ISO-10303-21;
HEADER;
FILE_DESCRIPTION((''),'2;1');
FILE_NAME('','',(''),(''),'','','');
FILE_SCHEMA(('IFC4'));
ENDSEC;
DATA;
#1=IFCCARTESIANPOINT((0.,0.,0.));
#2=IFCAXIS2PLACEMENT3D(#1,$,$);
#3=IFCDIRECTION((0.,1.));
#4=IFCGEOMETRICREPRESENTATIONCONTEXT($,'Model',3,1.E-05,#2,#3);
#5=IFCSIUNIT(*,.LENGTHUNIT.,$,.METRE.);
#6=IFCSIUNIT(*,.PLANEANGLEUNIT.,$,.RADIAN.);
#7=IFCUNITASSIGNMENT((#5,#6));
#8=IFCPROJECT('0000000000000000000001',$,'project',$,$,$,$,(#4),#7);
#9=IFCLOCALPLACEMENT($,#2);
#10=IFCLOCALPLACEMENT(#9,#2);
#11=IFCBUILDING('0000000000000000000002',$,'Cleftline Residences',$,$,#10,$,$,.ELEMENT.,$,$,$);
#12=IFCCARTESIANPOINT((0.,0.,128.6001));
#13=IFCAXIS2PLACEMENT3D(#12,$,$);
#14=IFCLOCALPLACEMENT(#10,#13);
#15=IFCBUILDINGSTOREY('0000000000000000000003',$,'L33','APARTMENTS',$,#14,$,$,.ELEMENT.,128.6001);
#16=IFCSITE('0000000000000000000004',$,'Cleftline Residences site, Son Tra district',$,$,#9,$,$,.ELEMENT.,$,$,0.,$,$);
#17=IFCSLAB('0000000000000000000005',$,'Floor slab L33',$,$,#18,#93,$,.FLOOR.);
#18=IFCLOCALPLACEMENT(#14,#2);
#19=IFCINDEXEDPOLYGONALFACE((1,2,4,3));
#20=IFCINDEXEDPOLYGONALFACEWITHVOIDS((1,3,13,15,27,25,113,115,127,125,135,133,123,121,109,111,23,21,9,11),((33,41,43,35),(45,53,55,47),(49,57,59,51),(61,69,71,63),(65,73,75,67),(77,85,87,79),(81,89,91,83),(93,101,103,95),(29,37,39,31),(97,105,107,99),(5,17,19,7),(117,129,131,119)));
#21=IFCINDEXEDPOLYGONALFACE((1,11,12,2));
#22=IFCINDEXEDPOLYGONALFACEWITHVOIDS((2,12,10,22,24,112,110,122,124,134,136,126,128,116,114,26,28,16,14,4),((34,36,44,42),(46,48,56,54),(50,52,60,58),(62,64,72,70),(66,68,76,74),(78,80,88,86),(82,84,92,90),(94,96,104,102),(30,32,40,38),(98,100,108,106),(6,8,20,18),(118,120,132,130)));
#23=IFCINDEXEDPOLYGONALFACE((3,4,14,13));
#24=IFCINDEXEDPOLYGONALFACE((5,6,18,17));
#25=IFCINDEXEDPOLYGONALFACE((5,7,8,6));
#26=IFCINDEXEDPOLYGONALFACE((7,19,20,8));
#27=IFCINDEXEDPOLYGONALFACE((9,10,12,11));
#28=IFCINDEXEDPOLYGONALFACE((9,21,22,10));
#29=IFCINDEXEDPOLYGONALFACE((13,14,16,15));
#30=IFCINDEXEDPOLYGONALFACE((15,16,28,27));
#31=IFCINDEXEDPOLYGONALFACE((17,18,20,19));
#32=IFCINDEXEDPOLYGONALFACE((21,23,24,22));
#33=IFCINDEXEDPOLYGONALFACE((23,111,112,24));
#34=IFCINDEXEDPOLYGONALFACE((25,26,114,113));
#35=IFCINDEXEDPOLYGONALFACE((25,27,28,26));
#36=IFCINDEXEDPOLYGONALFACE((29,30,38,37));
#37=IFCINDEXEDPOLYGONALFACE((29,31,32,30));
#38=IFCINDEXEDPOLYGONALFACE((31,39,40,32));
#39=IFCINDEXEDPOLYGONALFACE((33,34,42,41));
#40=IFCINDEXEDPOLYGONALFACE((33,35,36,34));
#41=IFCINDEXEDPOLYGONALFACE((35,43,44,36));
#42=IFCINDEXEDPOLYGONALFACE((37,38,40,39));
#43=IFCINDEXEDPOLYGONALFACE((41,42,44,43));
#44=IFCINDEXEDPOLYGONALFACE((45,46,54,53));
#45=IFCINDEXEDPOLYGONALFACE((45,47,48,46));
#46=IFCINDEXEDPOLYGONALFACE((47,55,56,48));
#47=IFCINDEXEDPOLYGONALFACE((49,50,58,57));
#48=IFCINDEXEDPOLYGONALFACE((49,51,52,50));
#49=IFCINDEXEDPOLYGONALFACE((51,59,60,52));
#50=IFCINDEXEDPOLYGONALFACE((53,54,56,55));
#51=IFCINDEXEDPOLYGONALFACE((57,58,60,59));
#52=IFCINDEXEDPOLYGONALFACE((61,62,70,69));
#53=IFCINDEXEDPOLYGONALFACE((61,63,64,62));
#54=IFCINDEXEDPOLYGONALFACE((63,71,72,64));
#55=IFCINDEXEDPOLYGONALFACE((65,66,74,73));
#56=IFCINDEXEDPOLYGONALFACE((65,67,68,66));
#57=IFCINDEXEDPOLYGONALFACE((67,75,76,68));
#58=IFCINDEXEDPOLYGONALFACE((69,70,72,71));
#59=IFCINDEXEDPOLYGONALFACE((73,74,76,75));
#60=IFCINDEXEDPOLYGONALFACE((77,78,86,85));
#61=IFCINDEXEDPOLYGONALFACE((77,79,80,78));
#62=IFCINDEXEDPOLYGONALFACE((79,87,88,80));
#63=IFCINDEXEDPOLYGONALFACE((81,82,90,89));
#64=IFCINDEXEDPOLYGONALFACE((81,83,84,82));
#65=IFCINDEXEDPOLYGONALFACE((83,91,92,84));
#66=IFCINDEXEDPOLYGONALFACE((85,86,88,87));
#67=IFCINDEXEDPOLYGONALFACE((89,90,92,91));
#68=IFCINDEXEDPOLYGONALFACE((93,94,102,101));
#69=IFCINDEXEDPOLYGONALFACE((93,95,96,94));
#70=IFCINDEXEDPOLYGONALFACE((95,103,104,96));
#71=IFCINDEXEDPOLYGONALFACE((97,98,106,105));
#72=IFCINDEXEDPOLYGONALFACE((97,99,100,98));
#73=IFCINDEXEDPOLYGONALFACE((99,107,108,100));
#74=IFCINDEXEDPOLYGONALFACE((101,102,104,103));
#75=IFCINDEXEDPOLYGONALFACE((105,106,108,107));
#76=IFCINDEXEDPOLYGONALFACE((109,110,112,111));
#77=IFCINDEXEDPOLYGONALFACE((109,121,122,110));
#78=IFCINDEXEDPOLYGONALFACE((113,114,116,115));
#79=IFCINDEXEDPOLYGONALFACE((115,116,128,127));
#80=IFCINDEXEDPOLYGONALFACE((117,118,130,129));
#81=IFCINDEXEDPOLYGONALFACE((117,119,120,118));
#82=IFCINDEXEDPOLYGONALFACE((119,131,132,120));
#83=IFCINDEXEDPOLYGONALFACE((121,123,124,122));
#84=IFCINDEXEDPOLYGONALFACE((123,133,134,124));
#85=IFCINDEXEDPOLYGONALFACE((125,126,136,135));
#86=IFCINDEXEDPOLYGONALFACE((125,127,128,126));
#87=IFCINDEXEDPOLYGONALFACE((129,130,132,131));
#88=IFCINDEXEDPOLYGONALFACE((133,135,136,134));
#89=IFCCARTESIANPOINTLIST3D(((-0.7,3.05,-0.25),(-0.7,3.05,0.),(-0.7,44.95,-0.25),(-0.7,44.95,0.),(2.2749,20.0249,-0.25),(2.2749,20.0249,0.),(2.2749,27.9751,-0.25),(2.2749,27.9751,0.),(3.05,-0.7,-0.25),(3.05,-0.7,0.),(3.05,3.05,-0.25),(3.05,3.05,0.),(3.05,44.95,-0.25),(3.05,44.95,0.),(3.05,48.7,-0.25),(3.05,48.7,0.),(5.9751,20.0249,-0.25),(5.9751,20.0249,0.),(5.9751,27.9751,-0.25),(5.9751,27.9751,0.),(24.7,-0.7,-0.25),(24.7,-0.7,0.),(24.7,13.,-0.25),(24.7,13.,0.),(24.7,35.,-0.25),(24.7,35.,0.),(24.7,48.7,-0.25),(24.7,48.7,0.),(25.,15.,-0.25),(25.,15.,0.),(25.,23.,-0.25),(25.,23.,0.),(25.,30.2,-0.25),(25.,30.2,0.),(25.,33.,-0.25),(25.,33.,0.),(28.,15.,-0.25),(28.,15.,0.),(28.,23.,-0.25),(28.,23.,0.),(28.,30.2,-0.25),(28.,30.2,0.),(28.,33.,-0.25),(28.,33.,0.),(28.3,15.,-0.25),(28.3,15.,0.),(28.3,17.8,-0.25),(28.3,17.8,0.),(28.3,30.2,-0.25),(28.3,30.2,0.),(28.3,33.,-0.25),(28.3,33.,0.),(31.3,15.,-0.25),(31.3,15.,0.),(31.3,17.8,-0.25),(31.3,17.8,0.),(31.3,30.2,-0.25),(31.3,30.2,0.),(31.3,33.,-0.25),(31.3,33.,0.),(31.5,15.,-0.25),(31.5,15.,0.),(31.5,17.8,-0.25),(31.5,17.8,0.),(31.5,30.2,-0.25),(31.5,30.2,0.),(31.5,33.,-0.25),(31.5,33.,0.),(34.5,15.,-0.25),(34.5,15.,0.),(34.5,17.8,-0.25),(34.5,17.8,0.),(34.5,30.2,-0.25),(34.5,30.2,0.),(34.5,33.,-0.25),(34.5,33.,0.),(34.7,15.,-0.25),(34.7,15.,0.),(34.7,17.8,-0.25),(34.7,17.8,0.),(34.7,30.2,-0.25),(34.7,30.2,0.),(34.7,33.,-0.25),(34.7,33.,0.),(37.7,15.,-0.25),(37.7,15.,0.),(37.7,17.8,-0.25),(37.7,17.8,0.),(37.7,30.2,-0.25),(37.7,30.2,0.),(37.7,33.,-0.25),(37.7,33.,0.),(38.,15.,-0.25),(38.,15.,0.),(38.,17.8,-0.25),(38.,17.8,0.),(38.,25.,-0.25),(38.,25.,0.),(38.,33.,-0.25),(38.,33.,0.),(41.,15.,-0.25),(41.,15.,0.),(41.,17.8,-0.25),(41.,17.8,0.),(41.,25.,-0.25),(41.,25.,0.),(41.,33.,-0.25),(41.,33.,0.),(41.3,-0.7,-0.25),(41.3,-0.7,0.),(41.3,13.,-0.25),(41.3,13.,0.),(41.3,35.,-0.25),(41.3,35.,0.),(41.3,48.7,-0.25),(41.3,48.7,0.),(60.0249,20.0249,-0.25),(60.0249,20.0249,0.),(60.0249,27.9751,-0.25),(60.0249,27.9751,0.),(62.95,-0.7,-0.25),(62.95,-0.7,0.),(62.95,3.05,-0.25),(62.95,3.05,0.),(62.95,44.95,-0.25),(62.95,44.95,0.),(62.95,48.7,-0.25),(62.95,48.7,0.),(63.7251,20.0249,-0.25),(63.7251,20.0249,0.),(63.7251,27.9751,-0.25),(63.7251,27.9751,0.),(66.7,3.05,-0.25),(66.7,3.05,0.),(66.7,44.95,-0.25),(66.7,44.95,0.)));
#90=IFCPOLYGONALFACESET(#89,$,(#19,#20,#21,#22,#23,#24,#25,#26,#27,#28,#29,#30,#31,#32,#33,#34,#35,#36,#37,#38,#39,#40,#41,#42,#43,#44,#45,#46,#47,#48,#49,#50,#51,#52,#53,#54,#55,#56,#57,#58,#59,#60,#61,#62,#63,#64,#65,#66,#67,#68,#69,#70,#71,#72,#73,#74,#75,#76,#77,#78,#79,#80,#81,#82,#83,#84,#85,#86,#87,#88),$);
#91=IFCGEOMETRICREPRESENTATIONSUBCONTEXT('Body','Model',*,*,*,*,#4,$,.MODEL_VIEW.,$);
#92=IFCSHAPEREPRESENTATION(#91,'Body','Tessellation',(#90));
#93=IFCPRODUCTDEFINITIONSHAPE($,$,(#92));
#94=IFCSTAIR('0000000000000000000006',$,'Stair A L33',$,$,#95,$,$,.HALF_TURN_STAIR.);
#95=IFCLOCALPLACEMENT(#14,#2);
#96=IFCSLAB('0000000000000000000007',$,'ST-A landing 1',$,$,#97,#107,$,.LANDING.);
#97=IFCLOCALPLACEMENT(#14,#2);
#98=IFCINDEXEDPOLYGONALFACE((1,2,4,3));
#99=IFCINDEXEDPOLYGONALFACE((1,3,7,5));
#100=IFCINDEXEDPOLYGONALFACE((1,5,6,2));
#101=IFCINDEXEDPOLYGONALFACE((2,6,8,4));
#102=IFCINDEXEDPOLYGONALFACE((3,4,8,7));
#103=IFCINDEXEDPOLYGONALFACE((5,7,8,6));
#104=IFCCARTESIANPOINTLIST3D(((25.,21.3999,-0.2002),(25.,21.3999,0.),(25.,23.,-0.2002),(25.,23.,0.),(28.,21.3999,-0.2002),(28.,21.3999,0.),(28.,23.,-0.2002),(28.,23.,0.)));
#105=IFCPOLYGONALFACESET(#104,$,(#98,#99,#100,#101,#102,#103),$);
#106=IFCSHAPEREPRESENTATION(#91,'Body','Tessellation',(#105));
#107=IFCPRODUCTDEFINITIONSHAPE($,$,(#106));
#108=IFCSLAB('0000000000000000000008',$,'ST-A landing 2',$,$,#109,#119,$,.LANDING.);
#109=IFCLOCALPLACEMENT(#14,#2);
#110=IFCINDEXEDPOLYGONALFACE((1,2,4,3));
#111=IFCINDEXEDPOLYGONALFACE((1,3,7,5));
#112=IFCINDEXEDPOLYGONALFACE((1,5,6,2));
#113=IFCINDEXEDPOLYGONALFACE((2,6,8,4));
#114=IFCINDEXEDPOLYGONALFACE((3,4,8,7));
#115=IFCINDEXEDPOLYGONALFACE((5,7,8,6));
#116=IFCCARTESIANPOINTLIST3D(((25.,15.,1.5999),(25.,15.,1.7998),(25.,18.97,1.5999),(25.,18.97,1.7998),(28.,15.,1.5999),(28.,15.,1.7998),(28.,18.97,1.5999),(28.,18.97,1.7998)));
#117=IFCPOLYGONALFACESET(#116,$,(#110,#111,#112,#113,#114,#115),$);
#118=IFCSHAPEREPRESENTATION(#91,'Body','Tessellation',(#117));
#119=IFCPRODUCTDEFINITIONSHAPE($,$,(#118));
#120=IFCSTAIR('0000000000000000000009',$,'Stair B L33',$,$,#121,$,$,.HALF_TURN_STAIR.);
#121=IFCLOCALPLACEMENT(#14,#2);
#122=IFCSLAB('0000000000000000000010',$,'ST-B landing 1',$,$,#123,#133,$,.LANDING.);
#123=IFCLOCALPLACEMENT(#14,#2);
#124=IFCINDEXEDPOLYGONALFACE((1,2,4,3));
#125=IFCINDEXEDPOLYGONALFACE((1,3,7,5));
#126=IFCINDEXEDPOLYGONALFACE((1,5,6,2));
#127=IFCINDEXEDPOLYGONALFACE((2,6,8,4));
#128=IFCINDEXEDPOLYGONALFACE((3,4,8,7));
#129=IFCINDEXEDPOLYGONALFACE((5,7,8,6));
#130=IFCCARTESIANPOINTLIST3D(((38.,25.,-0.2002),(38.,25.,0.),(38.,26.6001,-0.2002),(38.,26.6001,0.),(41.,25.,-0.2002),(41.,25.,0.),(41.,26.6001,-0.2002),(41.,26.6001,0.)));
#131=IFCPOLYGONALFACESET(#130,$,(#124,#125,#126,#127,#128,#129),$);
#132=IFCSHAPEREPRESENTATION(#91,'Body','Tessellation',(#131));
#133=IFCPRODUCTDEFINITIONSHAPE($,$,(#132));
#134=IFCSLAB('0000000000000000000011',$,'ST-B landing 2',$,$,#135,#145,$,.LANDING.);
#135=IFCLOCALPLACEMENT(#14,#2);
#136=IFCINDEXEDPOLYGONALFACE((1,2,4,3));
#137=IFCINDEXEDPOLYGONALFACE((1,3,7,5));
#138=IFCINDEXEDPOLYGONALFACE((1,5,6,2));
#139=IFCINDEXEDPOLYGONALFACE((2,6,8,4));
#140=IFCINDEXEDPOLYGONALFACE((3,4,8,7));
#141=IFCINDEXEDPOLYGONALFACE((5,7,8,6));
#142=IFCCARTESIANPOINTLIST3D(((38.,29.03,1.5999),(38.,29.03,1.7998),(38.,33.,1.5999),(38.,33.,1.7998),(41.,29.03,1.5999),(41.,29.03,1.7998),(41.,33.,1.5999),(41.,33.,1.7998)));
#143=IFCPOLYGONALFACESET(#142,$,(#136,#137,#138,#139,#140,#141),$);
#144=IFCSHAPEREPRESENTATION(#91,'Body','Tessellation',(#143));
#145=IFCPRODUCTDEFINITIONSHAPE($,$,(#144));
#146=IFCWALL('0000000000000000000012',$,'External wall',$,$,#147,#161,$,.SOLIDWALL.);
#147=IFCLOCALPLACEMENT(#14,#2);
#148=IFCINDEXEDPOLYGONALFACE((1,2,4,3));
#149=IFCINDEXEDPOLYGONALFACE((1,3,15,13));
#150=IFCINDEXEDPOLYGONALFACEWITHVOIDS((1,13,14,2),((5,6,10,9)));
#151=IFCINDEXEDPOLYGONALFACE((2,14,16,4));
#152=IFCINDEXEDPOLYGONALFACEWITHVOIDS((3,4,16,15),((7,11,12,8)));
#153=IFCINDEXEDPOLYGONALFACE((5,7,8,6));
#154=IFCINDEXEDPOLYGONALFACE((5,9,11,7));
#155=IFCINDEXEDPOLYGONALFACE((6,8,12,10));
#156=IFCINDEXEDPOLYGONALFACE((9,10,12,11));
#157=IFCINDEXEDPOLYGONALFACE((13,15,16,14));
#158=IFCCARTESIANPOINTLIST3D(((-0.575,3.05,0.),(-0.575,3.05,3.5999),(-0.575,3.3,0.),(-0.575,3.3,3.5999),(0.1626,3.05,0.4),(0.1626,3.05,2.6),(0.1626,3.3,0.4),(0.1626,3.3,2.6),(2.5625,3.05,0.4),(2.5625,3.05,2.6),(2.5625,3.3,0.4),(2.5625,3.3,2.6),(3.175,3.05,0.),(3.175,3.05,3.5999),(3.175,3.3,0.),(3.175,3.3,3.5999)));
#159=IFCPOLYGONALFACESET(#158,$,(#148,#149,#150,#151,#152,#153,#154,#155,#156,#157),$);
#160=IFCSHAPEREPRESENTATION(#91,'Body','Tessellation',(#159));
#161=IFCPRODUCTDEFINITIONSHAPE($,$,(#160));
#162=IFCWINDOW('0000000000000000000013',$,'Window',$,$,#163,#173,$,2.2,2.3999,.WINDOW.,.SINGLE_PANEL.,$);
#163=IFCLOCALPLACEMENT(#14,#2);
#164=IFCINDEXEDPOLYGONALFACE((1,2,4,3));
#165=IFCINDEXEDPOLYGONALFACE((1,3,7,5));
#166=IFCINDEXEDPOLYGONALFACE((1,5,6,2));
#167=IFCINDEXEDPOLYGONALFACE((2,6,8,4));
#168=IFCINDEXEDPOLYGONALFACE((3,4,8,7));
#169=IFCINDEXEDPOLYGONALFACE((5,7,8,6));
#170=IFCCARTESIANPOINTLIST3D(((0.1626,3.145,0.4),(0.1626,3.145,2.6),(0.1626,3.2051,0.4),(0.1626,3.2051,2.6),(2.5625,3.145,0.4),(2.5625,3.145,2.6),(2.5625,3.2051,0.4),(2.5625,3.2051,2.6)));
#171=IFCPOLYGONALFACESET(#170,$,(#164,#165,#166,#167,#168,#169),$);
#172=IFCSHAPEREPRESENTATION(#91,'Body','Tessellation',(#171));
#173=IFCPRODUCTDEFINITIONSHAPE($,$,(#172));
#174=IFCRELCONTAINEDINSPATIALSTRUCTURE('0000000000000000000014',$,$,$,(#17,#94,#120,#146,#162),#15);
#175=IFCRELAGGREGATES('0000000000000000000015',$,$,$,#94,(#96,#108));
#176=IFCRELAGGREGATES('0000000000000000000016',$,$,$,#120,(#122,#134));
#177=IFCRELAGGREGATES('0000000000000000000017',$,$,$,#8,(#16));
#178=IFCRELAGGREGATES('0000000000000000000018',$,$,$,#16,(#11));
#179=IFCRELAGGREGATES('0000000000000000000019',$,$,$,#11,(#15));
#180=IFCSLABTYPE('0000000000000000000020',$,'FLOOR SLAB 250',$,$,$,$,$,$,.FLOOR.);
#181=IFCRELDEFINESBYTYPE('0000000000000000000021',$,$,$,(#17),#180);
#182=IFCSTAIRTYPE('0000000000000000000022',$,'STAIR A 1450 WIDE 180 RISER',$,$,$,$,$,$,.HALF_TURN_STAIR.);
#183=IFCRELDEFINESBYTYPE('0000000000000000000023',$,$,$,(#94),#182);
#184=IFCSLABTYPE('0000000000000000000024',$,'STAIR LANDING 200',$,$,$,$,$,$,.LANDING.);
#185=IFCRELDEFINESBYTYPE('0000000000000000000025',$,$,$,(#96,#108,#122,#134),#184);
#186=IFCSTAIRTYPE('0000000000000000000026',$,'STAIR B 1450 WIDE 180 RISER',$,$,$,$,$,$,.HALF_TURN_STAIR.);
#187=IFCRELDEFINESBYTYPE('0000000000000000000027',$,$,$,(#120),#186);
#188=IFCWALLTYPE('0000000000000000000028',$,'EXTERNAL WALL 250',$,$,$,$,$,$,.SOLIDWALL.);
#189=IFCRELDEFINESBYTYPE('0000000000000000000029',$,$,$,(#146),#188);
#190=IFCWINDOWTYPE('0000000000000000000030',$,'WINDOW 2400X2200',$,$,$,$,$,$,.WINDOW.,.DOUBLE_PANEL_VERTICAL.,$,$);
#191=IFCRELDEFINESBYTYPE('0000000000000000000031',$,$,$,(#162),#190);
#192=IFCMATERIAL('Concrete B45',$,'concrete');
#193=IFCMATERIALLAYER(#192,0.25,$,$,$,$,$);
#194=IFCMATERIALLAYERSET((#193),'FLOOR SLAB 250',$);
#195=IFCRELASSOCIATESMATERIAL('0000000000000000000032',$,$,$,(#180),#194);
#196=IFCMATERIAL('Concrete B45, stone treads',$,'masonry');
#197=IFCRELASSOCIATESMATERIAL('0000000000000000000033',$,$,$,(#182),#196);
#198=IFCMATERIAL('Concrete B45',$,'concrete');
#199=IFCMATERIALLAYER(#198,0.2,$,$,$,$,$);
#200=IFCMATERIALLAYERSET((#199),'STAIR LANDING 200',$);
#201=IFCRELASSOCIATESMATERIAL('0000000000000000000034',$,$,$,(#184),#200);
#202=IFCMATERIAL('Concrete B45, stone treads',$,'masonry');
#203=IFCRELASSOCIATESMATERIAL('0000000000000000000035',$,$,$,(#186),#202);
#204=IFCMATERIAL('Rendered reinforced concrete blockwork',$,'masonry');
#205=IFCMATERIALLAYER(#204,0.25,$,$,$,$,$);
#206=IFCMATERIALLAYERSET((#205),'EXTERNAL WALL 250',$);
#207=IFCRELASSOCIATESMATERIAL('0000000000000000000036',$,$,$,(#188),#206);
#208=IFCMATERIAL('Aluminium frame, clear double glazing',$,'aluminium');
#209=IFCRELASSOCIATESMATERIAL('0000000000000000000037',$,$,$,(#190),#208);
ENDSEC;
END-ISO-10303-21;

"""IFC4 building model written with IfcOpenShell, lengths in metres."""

from ifc_helpers import new_model, si_unit, direction, frame, frame_2d, origin, place, context, subcontext, project, spatial, polyline, rectangle, outline, extrude, material, layer, layer_set, type_object, element, fill, aggregate, save


model = new_model("IFC4")

# Units and contexts
model_context = context("Model", 3, precision=1e-05, world=origin(), true_north=direction((0.0, 1.0)))
body_context = subcontext(model_context, "Body", "Model", "MODEL_VIEW")
ifc_project = project(units=[si_unit("LENGTHUNIT", "METRE"), si_unit("PLANEANGLEUNIT", "RADIAN")], contexts=[model_context])

# Site, building, storey
site_placement = place(None, origin())
site = spatial("IfcSite", under=ifc_project, at=site_placement, Name="Cleftline Residences site, Son Tra district", CompositionType="ELEMENT", RefElevation=0.0)
building_placement = place(site_placement, origin())
building = spatial("IfcBuilding", under=site, at=building_placement, Name="Cleftline Residences", CompositionType="ELEMENT")
storey_placement = place(building_placement, frame((0.0, 0.0, 128.6001)))
storey = spatial("IfcBuildingStorey", under=building, at=storey_placement, Name="L33", Description="APARTMENTS", CompositionType="ELEMENT", Elevation=128.6001)

# Slab
ifc_material_1 = material(Name="Concrete B45", Category="concrete")
ifc_layer_1 = layer(ifc_material_1, 0.25)
ifc_layer_set_1 = layer_set([ifc_layer_1], Name="FLOOR SLAB 250")
slab_type_1 = type_object("IfcSlabType", Name="FLOOR SLAB 250", PredefinedType="FLOOR", material=ifc_layer_set_1)
slab_1_placement = place(storey_placement, frame((0.0, 0.0, -0.25)))
element("IfcSlab", 1, at=slab_1_placement, inside=storey, type_object=slab_type_1, Name="Floor slab L33", PredefinedType="FLOOR", context=body_context, shape_type="SweptSolid", body=[
    extrude(outline(polyline([(24.7, 13.0), (41.3, 13.0), (41.3, -0.7), (62.95, -0.7), (62.95, 3.05), (66.7, 3.05), (66.7, 44.95), (62.95, 44.95), (62.95, 48.7), (41.3, 48.7), (41.3, 35.0), (24.7, 35.0), (24.7, 48.7), (3.05, 48.7), (3.05, 44.95), (-0.7, 44.95), (-0.7, 3.05), (3.05, 3.05), (3.05, -0.7), (24.7, -0.7), (24.7, 13.0)]), holes=[polyline([(28.0, 15.0), (28.0, 23.0), (25.0, 23.0), (25.0, 15.0), (28.0, 15.0)]), polyline([(41.0, 25.0), (41.0, 33.0), (38.0, 33.0), (38.0, 25.0), (41.0, 25.0)]), polyline([(28.0, 30.2), (28.0, 33.0), (25.0, 33.0), (25.0, 30.2), (28.0, 30.2)]), polyline([(41.0, 15.0), (41.0, 17.8), (38.0, 17.8), (38.0, 15.0), (41.0, 15.0)]), polyline([(31.3, 15.0), (31.3, 17.8), (28.3, 17.8), (28.3, 15.0), (31.3, 15.0)]), polyline([(34.5, 15.0), (34.5, 17.8), (31.5, 17.8), (31.5, 15.0), (34.5, 15.0)]), polyline([(37.7, 15.0), (37.7, 17.8), (34.7, 17.8), (34.7, 15.0), (37.7, 15.0)]), polyline([(31.3, 30.2), (31.3, 33.0), (28.3, 33.0), (28.3, 30.2), (31.3, 30.2)]), polyline([(34.5, 30.2), (34.5, 33.0), (31.5, 33.0), (31.5, 30.2), (34.5, 30.2)]), polyline([(37.7, 30.2), (37.7, 33.0), (34.7, 33.0), (34.7, 30.2), (37.7, 30.2)]), polyline([(63.7251, 20.0249), (63.7251, 27.9751), (60.0249, 27.9751), (60.0249, 20.0249), (63.7251, 20.0249)]), polyline([(5.9751, 20.0249), (5.9751, 27.9751), (2.2749, 27.9751), (2.2749, 20.0249), (5.9751, 20.0249)])]), origin(), (0.0, 0.0, 1.0), 0.25),
])

# Stairs, slabs
ifc_material_2 = material(Name="Concrete B45, stone treads", Category="masonry")
stair_type_1 = type_object("IfcStairType", Name="STAIR A 1450 WIDE 180 RISER", PredefinedType="HALF_TURN_STAIR", material=ifc_material_2)
stair_1_placement = place(storey_placement, origin())
stair_1 = element("IfcStair", 2, at=stair_1_placement, inside=storey, type_object=stair_type_1, Name="Stair A L33", PredefinedType="HALF_TURN_STAIR")
ifc_material_3 = material(Name="Concrete B45", Category="concrete")
ifc_layer_2 = layer(ifc_material_3, 0.2)
ifc_layer_set_2 = layer_set([ifc_layer_2], Name="STAIR LANDING 200")
slab_type_2 = type_object("IfcSlabType", Name="STAIR LANDING 200", PredefinedType="LANDING", material=ifc_layer_set_2)
slab_2_placement = place(storey_placement, frame((0.0, 0.0, -0.2002)))
slab_2 = element("IfcSlab", 3, at=slab_2_placement, type_object=slab_type_2, Name="ST-A landing 1", PredefinedType="LANDING", context=body_context, shape_type="SweptSolid", body=[
    extrude(outline(polyline([(25.0, 21.3999), (28.0, 21.3999), (28.0, 23.0), (25.0, 23.0), (25.0, 21.3999)])), origin(), (0.0, 0.0, 1.0), 0.2002),
])
slab_3_placement = place(storey_placement, frame((0.0, 0.0, 1.5999)))
slab_3 = element("IfcSlab", 4, at=slab_3_placement, type_object=slab_type_2, Name="ST-A landing 2", PredefinedType="LANDING", context=body_context, shape_type="SweptSolid", body=[
    extrude(outline(polyline([(25.0, 15.0), (28.0, 15.0), (28.0, 18.97), (25.0, 18.97), (25.0, 15.0)])), origin(), (0.0, 0.0, 1.0), 0.2),
])
aggregate(stair_1, [slab_2, slab_3])
ifc_material_4 = material(Name="Concrete B45, stone treads", Category="masonry")
stair_type_2 = type_object("IfcStairType", Name="STAIR B 1450 WIDE 180 RISER", PredefinedType="HALF_TURN_STAIR", material=ifc_material_4)
stair_2_placement = place(storey_placement, origin())
stair_2 = element("IfcStair", 5, at=stair_2_placement, inside=storey, type_object=stair_type_2, Name="Stair B L33", PredefinedType="HALF_TURN_STAIR")
slab_4_placement = place(storey_placement, frame((0.0, 0.0, -0.2002)))
slab_4 = element("IfcSlab", 6, at=slab_4_placement, type_object=slab_type_2, Name="ST-B landing 1", PredefinedType="LANDING", context=body_context, shape_type="SweptSolid", body=[
    extrude(outline(polyline([(38.0, 25.0), (41.0, 25.0), (41.0, 26.6001), (38.0, 26.6001), (38.0, 25.0)])), origin(), (0.0, 0.0, 1.0), 0.2002),
])
slab_5_placement = place(storey_placement, frame((0.0, 0.0, 1.5999)))
slab_5 = element("IfcSlab", 7, at=slab_5_placement, type_object=slab_type_2, Name="ST-B landing 2", PredefinedType="LANDING", context=body_context, shape_type="SweptSolid", body=[
    extrude(outline(polyline([(38.0, 29.03), (41.0, 29.03), (41.0, 33.0), (38.0, 33.0), (38.0, 29.03)])), origin(), (0.0, 0.0, 1.0), 0.2),
])
aggregate(stair_2, [slab_4, slab_5])

# Wall, opening, window
ifc_material_5 = material(Name="Rendered reinforced concrete blockwork", Category="masonry")
ifc_layer_3 = layer(ifc_material_5, 0.25)
ifc_layer_set_3 = layer_set([ifc_layer_3], Name="EXTERNAL WALL 250")
wall_type = type_object("IfcWallType", Name="EXTERNAL WALL 250", PredefinedType="SOLIDWALL", material=ifc_layer_set_3)
wall_placement = place(storey_placement, frame((-0.575, 3.175, 0.0), z_axis=(0.0, 0.0, 1.0), x_axis=(1.0, 0.0, 0.0)))
wall = element("IfcWall", 8, at=wall_placement, inside=storey, type_object=wall_type, Name="External wall", PredefinedType="SOLIDWALL", context=body_context, shape_type="SweptSolid", body=[
    extrude(rectangle(XDim=3.75, YDim=0.25, at=frame_2d((1.875, 0.0))), origin(), (0.0, 0.0, 1.0), 3.5999),
])
opening_placement = place(wall_placement, frame((0.7375, 0.0, 0.3999)))
opening = element("IfcOpeningElement", 9, at=opening_placement, cuts=wall, PredefinedType="OPENING", context=body_context, shape_type="SweptSolid", body=[
    extrude(rectangle(XDim=2.3999, YDim=2.2, at=frame_2d((1.2, 1.1001))), frame((0.0, 0.135, 0.0), z_axis=(0.0, -1.0, 0.0), x_axis=(1.0, 0.0, 0.0)), (0.0, 0.0, 1.0), 0.27),
])
ifc_material_6 = material(Name="Aluminium frame, clear double glazing", Category="aluminium")
window_type = type_object("IfcWindowType", Name="WINDOW 2400X2200", PartitioningType="DOUBLE_PANEL_VERTICAL", PredefinedType="WINDOW", material=ifc_material_6)
window_placement = place(opening_placement, origin())
window = element("IfcWindow", 10, at=window_placement, inside=storey, type_object=window_type, Name="Window", OverallHeight=2.2, OverallWidth=2.3999, PartitioningType="SINGLE_PANEL", PredefinedType="WINDOW", context=body_context, shape_type="SweptSolid", body=[
    extrude(rectangle(XDim=2.3999, YDim=2.2, at=frame_2d((1.2, 1.1001))), frame((0.0, 0.03, 0.0), z_axis=(0.0, -1.0, 0.0), x_axis=(1.0, 0.0, 0.0)), (0.0, 0.0, 1.0), 0.0601),
])
fill(opening, window)

save(model, "model.ifc")
